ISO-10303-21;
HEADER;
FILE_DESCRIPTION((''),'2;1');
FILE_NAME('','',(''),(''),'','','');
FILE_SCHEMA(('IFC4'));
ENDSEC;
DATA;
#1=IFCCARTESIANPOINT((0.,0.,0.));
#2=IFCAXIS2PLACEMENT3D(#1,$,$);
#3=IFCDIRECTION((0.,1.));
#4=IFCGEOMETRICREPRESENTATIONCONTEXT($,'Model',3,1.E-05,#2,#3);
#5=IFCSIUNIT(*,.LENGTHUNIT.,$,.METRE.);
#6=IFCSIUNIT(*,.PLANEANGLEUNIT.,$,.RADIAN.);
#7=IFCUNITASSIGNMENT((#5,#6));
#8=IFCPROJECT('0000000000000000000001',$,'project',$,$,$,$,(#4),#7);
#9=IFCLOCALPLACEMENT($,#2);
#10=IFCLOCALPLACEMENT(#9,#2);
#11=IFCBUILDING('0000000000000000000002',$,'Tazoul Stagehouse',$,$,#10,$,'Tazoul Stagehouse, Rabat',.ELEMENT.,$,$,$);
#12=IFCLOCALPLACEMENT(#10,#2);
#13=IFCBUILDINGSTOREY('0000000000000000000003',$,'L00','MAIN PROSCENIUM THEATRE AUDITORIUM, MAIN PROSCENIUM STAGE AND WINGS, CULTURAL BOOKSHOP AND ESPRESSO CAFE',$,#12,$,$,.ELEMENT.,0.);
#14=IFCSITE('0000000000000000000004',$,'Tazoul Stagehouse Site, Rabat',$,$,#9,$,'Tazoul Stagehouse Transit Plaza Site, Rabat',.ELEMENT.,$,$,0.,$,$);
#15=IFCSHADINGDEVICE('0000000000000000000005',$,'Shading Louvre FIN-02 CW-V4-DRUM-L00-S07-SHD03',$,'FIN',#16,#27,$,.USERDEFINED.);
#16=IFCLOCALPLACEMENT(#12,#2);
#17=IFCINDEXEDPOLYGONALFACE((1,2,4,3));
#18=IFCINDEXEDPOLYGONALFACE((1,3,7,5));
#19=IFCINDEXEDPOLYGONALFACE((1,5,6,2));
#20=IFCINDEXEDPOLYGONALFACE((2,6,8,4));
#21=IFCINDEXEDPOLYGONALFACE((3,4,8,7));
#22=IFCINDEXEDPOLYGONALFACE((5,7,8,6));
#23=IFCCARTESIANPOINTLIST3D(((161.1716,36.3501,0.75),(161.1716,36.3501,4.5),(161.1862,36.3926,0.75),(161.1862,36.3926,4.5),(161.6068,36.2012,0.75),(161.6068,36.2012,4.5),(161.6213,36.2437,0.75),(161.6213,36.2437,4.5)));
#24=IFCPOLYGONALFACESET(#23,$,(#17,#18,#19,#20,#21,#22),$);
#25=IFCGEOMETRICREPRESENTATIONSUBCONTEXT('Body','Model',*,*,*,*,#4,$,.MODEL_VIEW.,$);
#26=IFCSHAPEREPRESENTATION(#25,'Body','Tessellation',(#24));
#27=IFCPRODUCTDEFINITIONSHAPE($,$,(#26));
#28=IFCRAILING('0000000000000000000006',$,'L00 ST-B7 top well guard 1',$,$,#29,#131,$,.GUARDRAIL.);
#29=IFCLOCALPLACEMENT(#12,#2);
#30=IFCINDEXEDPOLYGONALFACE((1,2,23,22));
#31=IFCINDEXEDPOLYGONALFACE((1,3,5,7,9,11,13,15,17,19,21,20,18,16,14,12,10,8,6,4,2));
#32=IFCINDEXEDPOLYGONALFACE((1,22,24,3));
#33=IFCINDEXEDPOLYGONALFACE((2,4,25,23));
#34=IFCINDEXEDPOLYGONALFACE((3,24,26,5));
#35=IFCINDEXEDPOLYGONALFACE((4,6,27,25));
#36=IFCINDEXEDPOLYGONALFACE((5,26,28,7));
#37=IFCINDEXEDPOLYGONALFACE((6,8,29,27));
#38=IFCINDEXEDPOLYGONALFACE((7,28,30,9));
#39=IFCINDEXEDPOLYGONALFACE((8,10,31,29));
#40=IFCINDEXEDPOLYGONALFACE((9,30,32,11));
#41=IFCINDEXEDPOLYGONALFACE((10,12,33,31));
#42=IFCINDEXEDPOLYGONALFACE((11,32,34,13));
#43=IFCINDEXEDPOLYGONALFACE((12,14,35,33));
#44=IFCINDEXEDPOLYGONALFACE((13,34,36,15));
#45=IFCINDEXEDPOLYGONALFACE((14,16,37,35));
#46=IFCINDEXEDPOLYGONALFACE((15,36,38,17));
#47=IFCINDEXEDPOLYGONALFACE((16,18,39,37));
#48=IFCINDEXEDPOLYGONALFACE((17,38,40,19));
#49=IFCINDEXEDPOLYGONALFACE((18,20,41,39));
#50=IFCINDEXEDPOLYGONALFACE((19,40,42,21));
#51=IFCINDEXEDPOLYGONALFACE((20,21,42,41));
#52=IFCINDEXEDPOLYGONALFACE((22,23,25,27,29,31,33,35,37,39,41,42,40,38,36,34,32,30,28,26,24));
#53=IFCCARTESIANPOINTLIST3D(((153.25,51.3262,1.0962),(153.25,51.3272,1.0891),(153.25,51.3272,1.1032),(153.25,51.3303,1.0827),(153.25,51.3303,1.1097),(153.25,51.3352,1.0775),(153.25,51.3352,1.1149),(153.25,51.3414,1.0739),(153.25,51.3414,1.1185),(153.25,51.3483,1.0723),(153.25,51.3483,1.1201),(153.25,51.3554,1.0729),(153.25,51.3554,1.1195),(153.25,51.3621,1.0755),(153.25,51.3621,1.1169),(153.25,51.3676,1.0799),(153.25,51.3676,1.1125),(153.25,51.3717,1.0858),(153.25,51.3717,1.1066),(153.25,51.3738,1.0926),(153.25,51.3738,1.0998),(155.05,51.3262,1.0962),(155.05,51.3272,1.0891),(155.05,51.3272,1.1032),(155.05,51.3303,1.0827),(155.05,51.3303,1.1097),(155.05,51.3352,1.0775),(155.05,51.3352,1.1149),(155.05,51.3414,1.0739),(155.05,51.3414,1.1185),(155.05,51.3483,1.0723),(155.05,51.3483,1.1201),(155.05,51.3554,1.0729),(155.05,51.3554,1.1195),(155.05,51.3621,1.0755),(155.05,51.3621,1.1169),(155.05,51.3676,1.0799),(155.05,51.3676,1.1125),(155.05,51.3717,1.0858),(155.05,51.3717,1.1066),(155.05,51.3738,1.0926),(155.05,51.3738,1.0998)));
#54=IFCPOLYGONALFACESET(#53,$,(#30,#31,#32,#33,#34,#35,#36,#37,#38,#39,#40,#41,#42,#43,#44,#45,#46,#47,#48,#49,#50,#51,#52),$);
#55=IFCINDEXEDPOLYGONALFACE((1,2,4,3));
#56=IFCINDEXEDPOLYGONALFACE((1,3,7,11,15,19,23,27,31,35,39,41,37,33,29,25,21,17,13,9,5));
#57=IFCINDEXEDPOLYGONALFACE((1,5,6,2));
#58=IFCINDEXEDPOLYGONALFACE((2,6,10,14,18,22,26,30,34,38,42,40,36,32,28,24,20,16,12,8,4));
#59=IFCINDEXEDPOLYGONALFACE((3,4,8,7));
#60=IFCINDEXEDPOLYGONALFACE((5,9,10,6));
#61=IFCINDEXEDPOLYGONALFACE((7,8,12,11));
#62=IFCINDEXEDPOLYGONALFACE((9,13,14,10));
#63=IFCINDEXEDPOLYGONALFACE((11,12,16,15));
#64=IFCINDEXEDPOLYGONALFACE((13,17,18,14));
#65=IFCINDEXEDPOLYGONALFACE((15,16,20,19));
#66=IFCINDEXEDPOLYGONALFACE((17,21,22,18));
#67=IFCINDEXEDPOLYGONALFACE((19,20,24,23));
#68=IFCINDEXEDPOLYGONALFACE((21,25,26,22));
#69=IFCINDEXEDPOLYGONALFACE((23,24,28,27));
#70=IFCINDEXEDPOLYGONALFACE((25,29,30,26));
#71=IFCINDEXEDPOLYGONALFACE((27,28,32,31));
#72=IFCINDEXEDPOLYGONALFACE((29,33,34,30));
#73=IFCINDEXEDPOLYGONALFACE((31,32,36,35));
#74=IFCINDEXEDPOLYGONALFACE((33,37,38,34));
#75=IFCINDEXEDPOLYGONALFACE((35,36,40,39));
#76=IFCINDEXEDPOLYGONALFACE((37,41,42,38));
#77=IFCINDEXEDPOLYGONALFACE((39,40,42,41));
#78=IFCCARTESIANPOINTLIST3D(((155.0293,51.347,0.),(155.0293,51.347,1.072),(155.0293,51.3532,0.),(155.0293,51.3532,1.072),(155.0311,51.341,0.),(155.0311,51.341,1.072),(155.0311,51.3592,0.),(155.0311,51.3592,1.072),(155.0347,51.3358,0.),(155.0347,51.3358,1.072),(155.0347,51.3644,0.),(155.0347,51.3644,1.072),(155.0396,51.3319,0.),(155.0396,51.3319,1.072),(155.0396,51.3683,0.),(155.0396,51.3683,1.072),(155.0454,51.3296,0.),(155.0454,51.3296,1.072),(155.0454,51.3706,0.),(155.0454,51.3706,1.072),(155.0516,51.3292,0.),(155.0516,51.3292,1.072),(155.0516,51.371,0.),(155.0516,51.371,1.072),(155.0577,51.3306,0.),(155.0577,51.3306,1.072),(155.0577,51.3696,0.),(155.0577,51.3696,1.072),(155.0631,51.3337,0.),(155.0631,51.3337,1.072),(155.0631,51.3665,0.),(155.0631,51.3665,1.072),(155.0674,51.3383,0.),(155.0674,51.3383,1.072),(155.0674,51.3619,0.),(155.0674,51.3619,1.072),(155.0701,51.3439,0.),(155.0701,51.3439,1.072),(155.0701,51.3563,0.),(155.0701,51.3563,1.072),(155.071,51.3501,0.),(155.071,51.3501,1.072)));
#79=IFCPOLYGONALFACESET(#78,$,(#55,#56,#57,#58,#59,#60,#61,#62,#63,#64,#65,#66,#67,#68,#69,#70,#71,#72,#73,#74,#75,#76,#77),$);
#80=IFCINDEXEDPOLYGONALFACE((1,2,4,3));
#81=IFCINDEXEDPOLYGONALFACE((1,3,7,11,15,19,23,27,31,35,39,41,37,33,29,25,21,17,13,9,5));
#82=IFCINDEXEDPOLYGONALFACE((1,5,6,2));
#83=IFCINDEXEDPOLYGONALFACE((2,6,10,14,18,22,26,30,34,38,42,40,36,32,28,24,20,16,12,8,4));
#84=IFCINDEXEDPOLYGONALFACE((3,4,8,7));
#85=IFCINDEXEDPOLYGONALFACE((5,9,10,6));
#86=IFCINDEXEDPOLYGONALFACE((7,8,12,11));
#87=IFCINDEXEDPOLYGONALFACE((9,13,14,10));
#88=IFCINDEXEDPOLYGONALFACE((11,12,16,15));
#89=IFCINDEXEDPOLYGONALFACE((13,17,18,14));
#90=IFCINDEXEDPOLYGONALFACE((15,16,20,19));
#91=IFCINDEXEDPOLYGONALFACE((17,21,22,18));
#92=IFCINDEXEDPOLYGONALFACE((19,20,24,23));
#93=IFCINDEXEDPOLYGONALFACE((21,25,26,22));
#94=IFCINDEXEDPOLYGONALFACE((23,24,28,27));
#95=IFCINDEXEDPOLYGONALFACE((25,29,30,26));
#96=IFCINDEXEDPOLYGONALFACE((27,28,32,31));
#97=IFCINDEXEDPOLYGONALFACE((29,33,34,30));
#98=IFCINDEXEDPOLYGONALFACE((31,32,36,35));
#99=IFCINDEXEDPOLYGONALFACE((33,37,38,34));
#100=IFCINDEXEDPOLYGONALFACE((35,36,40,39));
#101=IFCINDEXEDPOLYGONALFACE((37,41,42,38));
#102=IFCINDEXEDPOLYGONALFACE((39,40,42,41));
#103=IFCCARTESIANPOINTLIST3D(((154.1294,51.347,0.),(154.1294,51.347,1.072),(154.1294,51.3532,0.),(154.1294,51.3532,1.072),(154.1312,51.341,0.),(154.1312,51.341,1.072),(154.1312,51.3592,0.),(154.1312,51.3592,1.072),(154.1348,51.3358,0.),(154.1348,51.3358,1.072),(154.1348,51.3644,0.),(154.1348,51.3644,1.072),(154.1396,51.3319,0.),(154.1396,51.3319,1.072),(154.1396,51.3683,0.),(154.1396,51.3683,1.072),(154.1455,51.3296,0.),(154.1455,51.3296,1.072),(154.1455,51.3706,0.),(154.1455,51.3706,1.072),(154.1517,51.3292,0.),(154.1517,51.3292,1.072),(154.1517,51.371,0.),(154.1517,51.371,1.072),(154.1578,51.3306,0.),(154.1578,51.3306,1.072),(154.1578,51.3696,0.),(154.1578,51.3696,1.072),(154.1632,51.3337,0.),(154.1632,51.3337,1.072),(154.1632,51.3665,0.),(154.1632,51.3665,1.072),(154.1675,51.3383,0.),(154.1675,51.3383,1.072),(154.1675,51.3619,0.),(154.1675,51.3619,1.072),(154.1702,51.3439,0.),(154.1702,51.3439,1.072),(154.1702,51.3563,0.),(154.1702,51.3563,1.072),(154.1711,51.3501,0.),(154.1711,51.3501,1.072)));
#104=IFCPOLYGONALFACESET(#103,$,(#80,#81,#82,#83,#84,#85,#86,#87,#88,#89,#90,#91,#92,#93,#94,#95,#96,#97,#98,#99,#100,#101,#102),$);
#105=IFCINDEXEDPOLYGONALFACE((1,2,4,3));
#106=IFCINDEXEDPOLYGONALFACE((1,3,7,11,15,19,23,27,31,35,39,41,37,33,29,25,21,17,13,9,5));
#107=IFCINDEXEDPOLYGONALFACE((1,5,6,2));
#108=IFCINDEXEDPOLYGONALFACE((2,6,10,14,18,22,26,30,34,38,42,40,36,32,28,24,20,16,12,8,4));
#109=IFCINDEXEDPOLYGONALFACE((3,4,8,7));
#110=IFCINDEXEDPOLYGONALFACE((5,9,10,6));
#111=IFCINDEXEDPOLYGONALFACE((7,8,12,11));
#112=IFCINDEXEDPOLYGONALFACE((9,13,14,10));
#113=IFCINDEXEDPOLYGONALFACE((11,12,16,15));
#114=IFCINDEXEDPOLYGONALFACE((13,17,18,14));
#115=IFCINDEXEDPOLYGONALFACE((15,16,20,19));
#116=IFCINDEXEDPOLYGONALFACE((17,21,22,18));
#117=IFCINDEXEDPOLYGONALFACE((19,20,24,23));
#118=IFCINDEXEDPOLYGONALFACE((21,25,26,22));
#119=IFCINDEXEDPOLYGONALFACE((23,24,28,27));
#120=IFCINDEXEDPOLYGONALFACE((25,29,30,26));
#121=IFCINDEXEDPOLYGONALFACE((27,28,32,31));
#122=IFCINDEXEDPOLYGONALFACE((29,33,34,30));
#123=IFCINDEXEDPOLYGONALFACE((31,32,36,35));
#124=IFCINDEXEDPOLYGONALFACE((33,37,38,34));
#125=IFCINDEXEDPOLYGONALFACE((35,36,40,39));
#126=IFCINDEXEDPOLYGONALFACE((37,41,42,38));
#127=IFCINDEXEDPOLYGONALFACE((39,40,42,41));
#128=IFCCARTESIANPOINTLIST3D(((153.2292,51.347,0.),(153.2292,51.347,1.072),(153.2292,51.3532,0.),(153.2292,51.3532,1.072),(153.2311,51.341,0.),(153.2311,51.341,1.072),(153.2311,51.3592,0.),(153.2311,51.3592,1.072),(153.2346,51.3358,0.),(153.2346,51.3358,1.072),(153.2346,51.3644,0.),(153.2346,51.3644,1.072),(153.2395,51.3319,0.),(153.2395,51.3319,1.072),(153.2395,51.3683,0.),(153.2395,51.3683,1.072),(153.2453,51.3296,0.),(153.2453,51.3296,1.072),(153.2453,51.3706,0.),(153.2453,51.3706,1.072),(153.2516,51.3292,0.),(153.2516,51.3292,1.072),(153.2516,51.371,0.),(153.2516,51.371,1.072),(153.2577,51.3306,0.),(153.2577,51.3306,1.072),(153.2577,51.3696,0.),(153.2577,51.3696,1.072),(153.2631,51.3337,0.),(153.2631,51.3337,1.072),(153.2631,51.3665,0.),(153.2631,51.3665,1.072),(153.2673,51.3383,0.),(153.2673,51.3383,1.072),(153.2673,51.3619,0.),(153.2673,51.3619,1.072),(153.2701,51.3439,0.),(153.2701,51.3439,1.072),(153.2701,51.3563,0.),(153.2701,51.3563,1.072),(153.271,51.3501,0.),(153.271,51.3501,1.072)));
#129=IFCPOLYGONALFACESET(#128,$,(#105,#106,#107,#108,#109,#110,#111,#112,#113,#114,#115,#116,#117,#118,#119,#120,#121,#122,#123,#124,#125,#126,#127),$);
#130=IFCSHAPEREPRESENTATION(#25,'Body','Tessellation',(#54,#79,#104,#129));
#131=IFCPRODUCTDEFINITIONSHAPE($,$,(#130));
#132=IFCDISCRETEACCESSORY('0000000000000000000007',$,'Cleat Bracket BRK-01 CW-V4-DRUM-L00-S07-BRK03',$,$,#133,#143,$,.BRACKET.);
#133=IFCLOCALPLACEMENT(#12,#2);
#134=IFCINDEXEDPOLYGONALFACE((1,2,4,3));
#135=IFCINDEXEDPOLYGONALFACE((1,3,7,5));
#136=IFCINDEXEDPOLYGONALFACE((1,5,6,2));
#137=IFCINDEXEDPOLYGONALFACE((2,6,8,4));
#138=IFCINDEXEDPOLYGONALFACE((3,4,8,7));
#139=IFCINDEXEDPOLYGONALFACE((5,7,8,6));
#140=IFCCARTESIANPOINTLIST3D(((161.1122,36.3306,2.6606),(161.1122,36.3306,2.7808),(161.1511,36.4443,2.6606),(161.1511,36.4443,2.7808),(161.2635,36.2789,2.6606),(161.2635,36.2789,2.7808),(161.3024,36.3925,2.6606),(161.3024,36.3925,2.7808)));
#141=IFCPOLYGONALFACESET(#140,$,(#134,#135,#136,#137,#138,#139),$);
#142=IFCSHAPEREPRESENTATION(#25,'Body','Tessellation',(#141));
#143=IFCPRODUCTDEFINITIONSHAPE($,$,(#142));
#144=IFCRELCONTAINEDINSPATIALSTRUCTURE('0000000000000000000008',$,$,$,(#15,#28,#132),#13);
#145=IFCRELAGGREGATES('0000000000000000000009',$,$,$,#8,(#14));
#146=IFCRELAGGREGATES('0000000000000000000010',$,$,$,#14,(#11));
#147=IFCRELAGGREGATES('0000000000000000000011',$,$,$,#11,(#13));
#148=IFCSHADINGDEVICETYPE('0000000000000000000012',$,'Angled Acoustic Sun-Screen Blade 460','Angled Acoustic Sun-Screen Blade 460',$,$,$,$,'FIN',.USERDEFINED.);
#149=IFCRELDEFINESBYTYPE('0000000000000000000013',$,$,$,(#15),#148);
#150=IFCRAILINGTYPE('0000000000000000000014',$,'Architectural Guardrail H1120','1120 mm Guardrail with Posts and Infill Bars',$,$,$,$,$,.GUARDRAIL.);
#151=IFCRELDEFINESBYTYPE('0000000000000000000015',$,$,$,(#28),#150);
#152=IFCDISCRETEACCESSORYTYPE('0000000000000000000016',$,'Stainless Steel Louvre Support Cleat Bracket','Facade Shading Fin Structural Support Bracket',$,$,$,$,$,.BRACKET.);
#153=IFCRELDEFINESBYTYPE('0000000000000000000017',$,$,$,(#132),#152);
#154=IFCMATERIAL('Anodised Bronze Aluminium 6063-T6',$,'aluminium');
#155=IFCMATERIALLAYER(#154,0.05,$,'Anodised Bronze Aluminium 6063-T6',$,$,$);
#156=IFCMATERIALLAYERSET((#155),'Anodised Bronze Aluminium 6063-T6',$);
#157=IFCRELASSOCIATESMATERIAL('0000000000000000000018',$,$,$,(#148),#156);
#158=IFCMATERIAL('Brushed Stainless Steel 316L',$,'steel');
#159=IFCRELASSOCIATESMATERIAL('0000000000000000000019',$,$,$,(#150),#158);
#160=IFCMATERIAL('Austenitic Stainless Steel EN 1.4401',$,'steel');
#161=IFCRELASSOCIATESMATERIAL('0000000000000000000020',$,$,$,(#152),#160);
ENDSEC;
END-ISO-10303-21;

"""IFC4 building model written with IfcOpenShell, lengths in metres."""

from ifc_helpers import new_model, si_unit, direction, frame, origin, origin_2d, place, context, subcontext, project, spatial, rectangle, circle, extrude, material, layer, layer_set, material_profile, profile_set, type_object, element, save


model = new_model("IFC4")

# Units and contexts
model_context = context("Model", 3, precision=1e-05, world=origin(), true_north=direction((0.0, 1.0)))
body_context = subcontext(model_context, "Body", "Model", "MODEL_VIEW")
ifc_project = project(units=[si_unit("LENGTHUNIT", "METRE"), si_unit("PLANEANGLEUNIT", "RADIAN")], contexts=[model_context])

# Site, building, storey
site_placement = place(None, origin())
site = spatial("IfcSite", under=ifc_project, at=site_placement, Name="Tazoul Stagehouse Site, Rabat", LongName="Tazoul Stagehouse Transit Plaza Site, Rabat", CompositionType="ELEMENT", RefElevation=0.0)
building_placement = place(site_placement, origin())
building = spatial("IfcBuilding", under=site, at=building_placement, Name="Tazoul Stagehouse", LongName="Tazoul Stagehouse, Rabat", CompositionType="ELEMENT")
storey_placement = place(building_placement, origin())
storey = spatial("IfcBuildingStorey", under=building, at=storey_placement, Name="L00", Description="MAIN PROSCENIUM THEATRE AUDITORIUM, MAIN PROSCENIUM STAGE AND WINGS, CULTURAL BOOKSHOP AND ESPRESSO CAFE", CompositionType="ELEMENT", Elevation=0.0)

# Shading device
ifc_material_1 = material(Name="Anodised Bronze Aluminium 6063-T6", Category="aluminium")
ifc_layer_1 = layer(ifc_material_1, 0.05, Name="Anodised Bronze Aluminium 6063-T6")
ifc_layer_set_1 = layer_set([ifc_layer_1], Name="Anodised Bronze Aluminium 6063-T6")
shading_device_type = type_object("IfcShadingDeviceType", Name="Angled Acoustic Sun-Screen Blade 460", Description="Angled Acoustic Sun-Screen Blade 460", ElementType="FIN", PredefinedType="USERDEFINED", material=ifc_layer_set_1)
shading_device_placement = place(storey_placement, frame((161.3965, 36.2969, 0.75), z_axis=(0.0, 0.0, 1.0), x_axis=(0.323785, 0.946131, 0.0)))
element("IfcShadingDevice", 1, at=shading_device_placement, inside=storey, type_object=shading_device_type, Name="Shading Louvre FIN-02 CW-V4-DRUM-L00-S07-SHD03", ObjectType="FIN", PredefinedType="USERDEFINED", context=body_context, shape_type="SweptSolid", body=[
    extrude(rectangle(XDim=0.0449, YDim=0.46, at=origin_2d()), origin(), (0.0, 0.0, 1.0), 3.75),
])

# Railing
ifc_material_2 = material(Name="Brushed Stainless Steel 316L", Category="steel")
ifc_material_profile_1 = material_profile(ifc_material_2, circle(Radius=0.0239, at=origin_2d()), Name="SS RAIL D48")
ifc_profile_set_1 = profile_set([ifc_material_profile_1], Name="Brushed Stainless Steel 316L")
railing_type = type_object("IfcRailingType", Name="Architectural Guardrail H1120", Description="1120 mm Guardrail with Posts and Infill Bars", PredefinedType="GUARDRAIL", material=ifc_profile_set_1)
railing_placement = place(storey_placement, frame((155.05, 51.3501, 0.0)))
element("IfcRailing", 2, at=railing_placement, inside=storey, type_object=railing_type, Name="L00 ST-B7 top well guard 1", PredefinedType="GUARDRAIL", context=body_context, shape_type="SweptSolid", body=[
    extrude(circle(Radius=0.0239, at=origin_2d()), frame((0.0, 0.0, 1.0962), z_axis=(-1.0, 0.0, 0.0), x_axis=(0.0, -1.0, 0.0)), (0.0, 0.0, 1.0), 1.8),
    extrude(circle(Radius=0.021, at=origin_2d()), origin(), (0.0, 0.0, 1.0), 1.072),
    extrude(circle(Radius=0.021, at=origin_2d()), frame((-0.8999, 0.0, 0.0)), (0.0, 0.0, 1.0), 1.072),
    extrude(circle(Radius=0.021, at=origin_2d()), frame((-1.8, 0.0, 0.0)), (0.0, 0.0, 1.0), 1.072),
])

# Discrete accessory
ifc_material_3 = material(Name="Austenitic Stainless Steel EN 1.4401", Category="steel")
discrete_accessory_type = type_object("IfcDiscreteAccessoryType", Name="Stainless Steel Louvre Support Cleat Bracket", Description="Facade Shading Fin Structural Support Bracket", PredefinedType="BRACKET", material=ifc_material_3)
discrete_accessory_placement = place(storey_placement, frame((161.2073, 36.3616, 2.6606), z_axis=(0.0, 0.0, 1.0), x_axis=(0.323785, 0.946131, 0.0)))
element("IfcDiscreteAccessory", 3, at=discrete_accessory_placement, inside=storey, type_object=discrete_accessory_type, Name="Cleat Bracket BRK-01 CW-V4-DRUM-L00-S07-BRK03", PredefinedType="BRACKET", context=body_context, shape_type="SweptSolid", body=[
    extrude(rectangle(XDim=0.1201, YDim=0.1599, at=origin_2d()), origin(), (0.0, 0.0, 1.0), 0.1201),
])

save(model, "model.ifc")
